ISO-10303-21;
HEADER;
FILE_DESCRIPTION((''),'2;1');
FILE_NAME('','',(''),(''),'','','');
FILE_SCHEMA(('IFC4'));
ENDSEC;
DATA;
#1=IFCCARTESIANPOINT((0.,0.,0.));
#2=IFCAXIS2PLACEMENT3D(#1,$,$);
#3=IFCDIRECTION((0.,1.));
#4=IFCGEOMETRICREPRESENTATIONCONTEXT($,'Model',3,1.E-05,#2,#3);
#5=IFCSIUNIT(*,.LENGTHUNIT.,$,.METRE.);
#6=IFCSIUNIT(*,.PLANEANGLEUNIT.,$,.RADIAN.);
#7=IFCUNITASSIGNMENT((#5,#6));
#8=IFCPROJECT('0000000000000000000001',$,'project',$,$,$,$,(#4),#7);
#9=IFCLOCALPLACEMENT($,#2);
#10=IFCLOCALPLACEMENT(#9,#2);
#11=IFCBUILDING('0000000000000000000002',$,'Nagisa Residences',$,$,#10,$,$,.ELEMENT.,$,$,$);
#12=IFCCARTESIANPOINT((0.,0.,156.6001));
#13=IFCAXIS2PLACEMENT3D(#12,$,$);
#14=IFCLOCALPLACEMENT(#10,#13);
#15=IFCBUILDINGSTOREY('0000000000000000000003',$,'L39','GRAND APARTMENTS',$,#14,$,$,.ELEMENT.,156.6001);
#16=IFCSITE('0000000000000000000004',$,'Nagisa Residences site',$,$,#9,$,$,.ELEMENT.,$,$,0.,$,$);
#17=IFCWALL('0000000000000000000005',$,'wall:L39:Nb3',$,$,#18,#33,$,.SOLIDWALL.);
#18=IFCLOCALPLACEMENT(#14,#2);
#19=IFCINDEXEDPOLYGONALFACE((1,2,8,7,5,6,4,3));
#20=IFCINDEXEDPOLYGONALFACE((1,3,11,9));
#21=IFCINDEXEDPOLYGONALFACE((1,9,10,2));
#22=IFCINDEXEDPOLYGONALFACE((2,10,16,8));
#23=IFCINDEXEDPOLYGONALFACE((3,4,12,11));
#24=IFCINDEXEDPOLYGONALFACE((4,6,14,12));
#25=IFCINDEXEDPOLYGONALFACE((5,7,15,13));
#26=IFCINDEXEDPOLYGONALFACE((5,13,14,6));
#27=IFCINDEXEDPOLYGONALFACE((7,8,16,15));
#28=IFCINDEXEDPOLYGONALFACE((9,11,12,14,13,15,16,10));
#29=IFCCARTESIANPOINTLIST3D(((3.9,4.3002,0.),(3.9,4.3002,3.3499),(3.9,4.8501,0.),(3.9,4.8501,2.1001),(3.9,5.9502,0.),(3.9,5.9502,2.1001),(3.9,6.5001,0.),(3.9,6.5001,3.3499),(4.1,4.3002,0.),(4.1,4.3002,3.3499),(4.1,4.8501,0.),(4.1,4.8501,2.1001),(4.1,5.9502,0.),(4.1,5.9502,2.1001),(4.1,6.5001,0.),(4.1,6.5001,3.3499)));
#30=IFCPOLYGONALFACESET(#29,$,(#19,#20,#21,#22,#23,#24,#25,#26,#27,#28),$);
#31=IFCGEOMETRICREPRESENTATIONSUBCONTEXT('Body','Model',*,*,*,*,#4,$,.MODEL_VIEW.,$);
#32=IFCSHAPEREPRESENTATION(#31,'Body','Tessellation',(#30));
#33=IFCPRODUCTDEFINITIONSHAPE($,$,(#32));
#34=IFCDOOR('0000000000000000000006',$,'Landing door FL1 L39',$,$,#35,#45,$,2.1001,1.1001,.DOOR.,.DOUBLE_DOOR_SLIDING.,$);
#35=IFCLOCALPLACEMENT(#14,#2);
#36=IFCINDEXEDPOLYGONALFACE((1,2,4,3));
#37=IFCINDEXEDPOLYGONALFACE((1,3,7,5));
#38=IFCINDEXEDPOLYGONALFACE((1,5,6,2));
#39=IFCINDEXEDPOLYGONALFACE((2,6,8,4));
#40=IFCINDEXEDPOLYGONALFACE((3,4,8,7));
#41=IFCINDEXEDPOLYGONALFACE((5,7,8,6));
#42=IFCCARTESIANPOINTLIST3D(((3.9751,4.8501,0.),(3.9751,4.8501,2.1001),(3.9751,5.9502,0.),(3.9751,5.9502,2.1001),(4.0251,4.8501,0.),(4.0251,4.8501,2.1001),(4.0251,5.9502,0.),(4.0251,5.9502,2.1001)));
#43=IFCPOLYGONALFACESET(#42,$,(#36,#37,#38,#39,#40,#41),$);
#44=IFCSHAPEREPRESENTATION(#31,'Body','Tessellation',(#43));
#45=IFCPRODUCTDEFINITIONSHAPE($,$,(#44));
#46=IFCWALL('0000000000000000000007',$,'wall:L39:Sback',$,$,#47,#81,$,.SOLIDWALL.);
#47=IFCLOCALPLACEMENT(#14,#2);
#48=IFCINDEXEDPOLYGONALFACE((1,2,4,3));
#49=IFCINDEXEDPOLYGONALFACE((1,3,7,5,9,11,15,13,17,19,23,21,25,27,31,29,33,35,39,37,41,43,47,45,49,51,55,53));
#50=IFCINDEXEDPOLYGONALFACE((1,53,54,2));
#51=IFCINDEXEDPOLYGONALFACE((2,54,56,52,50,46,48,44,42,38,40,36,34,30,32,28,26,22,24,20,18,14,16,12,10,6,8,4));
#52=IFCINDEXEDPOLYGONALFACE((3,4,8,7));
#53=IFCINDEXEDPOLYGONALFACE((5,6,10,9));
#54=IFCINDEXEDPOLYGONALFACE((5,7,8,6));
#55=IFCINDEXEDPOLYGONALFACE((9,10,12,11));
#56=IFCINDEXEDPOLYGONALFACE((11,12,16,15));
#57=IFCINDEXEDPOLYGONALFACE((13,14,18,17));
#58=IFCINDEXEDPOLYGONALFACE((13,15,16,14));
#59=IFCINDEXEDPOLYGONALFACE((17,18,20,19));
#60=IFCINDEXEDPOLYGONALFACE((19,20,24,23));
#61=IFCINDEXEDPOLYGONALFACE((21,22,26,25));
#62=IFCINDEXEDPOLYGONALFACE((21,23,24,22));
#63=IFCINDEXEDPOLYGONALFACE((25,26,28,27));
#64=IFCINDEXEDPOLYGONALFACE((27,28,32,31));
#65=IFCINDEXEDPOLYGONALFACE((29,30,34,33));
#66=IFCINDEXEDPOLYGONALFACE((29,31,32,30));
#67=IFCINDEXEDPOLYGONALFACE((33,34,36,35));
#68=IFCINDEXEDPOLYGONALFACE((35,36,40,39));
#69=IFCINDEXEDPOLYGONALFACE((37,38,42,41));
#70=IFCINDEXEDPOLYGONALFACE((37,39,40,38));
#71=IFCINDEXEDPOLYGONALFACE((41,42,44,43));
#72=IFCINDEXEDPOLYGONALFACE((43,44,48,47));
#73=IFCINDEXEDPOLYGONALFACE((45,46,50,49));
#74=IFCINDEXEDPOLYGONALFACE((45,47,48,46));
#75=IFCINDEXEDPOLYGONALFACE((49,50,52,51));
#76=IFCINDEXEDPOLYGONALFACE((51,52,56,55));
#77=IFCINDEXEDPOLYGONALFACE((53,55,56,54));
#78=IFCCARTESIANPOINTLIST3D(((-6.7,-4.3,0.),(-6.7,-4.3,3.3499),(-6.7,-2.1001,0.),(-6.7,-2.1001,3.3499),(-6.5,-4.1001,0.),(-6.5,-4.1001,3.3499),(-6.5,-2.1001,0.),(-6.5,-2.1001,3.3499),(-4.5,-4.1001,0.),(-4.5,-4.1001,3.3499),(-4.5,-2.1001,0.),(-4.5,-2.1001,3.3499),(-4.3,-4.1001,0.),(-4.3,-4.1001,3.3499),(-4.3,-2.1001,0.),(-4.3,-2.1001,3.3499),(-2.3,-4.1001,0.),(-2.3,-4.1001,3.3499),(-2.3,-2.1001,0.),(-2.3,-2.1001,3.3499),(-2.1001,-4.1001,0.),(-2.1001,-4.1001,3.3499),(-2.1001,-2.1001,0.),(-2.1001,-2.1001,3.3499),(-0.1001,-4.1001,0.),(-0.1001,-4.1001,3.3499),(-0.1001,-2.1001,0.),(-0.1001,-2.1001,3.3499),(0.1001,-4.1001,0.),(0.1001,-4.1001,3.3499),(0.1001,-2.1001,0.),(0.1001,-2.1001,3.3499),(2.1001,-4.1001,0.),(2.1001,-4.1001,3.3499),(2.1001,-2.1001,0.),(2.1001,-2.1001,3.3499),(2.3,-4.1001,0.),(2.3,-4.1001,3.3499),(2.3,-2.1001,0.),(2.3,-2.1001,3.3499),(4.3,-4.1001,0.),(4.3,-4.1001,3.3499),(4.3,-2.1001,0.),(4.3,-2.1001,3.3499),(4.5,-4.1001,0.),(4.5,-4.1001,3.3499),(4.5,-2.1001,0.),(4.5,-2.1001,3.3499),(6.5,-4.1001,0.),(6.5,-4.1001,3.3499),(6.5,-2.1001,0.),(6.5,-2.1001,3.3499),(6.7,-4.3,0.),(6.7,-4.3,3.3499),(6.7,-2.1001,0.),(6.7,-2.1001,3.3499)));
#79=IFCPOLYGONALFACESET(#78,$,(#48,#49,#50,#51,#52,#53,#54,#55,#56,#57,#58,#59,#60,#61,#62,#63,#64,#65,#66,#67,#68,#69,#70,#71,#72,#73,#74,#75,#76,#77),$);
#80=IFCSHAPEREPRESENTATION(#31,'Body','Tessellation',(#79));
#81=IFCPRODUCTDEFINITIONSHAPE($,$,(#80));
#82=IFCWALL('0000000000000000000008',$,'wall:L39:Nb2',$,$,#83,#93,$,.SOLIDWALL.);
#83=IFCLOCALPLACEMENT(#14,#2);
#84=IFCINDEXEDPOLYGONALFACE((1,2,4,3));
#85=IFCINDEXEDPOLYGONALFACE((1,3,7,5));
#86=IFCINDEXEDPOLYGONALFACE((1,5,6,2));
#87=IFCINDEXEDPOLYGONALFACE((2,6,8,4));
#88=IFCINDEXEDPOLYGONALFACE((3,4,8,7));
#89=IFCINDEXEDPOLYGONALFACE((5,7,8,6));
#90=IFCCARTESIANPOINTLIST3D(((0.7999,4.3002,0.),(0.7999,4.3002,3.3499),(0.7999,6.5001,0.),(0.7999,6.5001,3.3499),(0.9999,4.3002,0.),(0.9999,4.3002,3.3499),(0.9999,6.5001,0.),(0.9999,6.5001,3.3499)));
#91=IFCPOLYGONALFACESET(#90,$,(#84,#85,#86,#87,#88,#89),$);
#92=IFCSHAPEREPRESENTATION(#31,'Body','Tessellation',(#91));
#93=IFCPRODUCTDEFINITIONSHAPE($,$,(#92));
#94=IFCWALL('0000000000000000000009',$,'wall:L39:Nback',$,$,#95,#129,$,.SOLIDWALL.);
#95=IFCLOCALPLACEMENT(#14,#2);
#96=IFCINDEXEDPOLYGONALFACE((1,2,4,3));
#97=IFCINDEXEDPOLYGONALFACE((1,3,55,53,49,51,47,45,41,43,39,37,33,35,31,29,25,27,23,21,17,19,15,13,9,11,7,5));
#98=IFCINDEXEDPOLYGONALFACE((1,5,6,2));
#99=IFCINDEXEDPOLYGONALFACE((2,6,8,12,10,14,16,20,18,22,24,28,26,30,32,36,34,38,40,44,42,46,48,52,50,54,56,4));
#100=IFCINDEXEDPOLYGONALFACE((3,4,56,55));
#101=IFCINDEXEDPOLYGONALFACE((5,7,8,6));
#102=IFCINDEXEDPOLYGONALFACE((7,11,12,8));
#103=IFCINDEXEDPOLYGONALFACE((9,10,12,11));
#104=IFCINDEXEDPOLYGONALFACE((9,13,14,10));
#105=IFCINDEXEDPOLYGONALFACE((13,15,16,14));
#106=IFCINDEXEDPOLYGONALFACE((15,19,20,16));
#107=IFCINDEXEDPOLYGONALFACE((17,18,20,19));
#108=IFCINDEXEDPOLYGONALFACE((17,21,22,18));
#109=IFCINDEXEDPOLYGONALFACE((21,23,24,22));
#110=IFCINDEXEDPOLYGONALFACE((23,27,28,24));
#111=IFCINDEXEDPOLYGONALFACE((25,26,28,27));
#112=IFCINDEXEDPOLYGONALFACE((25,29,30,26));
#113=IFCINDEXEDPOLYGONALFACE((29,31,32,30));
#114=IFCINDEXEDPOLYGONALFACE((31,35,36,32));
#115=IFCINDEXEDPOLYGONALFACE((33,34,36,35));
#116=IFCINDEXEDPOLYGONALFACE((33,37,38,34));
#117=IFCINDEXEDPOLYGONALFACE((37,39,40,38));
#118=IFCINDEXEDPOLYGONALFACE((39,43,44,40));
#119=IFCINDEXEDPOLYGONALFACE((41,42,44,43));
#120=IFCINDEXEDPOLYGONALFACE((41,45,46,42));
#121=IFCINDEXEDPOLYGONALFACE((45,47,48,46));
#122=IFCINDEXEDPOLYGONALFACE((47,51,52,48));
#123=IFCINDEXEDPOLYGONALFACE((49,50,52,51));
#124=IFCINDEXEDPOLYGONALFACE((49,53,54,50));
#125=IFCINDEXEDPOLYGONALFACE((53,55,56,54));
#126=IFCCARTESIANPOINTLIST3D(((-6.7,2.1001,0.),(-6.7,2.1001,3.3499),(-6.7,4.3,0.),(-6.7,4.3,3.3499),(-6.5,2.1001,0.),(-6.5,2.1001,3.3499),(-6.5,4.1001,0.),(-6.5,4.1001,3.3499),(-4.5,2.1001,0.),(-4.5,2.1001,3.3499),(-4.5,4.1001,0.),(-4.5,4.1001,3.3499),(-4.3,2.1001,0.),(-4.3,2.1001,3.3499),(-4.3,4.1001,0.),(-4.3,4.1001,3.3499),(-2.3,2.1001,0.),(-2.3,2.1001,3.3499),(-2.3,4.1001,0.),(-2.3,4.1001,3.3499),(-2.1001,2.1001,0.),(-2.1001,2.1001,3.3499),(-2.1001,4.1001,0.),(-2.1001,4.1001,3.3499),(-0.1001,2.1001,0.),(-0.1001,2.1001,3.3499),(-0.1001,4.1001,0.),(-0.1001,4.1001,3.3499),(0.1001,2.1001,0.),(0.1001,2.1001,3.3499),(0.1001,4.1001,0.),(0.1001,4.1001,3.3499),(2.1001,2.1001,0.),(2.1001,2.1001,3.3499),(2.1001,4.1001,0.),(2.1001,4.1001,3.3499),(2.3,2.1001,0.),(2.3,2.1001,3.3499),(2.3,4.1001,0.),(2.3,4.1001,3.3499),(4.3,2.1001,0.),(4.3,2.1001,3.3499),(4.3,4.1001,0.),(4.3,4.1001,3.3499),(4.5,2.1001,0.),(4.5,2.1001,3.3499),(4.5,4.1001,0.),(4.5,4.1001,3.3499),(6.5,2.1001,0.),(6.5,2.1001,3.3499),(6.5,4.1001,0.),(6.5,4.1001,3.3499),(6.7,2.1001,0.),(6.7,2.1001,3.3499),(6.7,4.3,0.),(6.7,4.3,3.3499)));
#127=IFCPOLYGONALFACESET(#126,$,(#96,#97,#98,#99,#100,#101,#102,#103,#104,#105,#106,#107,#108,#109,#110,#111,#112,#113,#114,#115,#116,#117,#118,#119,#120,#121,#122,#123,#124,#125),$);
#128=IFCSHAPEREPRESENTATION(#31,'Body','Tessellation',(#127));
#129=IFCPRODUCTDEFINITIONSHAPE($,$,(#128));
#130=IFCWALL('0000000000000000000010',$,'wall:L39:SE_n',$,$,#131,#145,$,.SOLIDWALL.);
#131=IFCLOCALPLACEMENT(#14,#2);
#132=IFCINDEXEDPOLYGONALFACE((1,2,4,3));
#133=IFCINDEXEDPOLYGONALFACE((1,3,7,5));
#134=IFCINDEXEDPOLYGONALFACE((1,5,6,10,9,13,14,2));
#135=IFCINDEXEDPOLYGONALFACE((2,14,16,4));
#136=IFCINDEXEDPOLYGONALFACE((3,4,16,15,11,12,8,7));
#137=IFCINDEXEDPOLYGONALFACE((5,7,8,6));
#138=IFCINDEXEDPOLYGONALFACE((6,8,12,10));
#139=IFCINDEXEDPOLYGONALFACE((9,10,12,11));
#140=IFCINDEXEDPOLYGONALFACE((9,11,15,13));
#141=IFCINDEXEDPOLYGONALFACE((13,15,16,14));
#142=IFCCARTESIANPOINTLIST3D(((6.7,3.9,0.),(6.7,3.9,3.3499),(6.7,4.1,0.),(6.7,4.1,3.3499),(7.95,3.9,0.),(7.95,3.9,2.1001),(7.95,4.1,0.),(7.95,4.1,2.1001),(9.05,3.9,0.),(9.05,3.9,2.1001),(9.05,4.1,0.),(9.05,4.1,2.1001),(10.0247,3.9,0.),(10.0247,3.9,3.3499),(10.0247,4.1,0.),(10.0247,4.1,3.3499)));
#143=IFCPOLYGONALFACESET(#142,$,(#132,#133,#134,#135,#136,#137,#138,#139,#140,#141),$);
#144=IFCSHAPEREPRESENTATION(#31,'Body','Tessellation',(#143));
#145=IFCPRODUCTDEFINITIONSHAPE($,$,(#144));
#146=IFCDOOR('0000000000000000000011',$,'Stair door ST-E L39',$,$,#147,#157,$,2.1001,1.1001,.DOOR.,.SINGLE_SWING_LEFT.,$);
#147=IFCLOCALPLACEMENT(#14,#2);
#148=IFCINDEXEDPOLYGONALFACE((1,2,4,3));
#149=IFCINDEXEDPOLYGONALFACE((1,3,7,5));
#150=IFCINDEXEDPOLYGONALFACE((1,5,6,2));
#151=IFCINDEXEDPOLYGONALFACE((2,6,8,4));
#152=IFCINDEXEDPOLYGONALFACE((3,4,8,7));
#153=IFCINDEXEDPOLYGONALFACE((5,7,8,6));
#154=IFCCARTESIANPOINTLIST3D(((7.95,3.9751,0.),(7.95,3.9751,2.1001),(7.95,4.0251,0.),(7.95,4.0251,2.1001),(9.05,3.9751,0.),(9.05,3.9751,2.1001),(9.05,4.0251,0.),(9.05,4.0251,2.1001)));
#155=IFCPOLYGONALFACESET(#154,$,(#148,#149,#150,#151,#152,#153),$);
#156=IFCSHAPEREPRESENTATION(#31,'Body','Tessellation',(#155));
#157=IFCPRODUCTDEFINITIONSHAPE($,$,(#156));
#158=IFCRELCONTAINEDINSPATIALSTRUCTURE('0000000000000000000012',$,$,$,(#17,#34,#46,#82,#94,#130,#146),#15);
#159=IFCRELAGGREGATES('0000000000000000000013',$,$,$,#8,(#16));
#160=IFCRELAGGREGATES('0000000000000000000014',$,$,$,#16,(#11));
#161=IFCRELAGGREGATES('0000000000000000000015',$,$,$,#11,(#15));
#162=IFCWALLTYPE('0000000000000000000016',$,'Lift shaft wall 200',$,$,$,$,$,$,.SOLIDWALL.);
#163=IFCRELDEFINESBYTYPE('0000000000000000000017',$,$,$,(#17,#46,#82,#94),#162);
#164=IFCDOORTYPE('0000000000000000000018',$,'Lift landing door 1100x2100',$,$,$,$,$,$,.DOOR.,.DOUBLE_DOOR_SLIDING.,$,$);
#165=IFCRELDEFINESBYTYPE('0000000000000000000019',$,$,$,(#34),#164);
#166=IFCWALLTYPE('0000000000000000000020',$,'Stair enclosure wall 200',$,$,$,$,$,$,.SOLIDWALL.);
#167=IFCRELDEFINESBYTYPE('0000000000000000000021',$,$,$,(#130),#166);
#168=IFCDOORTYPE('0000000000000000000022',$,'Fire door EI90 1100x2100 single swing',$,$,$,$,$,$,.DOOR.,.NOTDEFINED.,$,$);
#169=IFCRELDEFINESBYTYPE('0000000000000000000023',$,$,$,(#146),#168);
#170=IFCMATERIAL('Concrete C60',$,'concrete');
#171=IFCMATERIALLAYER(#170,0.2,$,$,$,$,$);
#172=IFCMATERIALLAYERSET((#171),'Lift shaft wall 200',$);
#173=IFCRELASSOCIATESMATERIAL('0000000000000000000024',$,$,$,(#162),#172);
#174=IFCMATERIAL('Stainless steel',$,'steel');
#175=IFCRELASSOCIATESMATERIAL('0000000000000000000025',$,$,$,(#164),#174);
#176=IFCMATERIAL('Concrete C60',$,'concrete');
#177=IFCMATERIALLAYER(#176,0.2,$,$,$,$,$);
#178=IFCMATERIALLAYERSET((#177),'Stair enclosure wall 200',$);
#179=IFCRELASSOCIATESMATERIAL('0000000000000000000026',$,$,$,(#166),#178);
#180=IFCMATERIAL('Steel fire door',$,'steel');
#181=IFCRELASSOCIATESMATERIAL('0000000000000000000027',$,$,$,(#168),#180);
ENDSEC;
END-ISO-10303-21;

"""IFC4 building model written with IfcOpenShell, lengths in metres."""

from ifc_helpers import new_model, si_unit, direction, frame, frame_2d, origin, place, context, subcontext, project, spatial, polyline, rectangle, outline, extrude, material, layer, layer_set, type_object, element, fill, save


model = new_model("IFC4")

# Units and contexts
model_context = context("Model", 3, precision=1e-05, world=origin(), true_north=direction((0.0, 1.0)))
body_context = subcontext(model_context, "Body", "Model", "MODEL_VIEW")
ifc_project = project(units=[si_unit("LENGTHUNIT", "METRE"), si_unit("PLANEANGLEUNIT", "RADIAN")], contexts=[model_context])

# Site, building, storey
site_placement = place(None, origin())
site = spatial("IfcSite", under=ifc_project, at=site_placement, Name="Nagisa Residences site", CompositionType="ELEMENT", RefElevation=0.0)
building_placement = place(site_placement, origin())
building = spatial("IfcBuilding", under=site, at=building_placement, Name="Nagisa Residences", CompositionType="ELEMENT")
storey_placement = place(building_placement, frame((0.0, 0.0, 156.6001)))
storey = spatial("IfcBuildingStorey", under=building, at=storey_placement, Name="L39", Description="GRAND APARTMENTS", CompositionType="ELEMENT", Elevation=156.6001)

# Wall, opening, door
ifc_material_1 = material(Name="Concrete C60", Category="concrete")
ifc_layer_1 = layer(ifc_material_1, 0.2)
ifc_layer_set_1 = layer_set([ifc_layer_1], Name="Lift shaft wall 200")
wall_type_1 = type_object("IfcWallType", Name="Lift shaft wall 200", PredefinedType="SOLIDWALL", material=ifc_layer_set_1)
wall_1_placement = place(storey_placement, frame((4.0, 4.3, 0.0), z_axis=(0.0, 0.0, 1.0), x_axis=(0.0, 1.0, 0.0)))
wall_1 = element("IfcWall", 1, at=wall_1_placement, inside=storey, type_object=wall_type_1, Name="wall:L39:Nb3", PredefinedType="SOLIDWALL", context=body_context, shape_type="SweptSolid", body=[
    extrude(rectangle(XDim=2.2, YDim=0.2, at=frame_2d((1.1001, 0.0))), origin(), (0.0, 0.0, 1.0), 3.3499),
])
opening_1_placement = place(wall_1_placement, frame((0.55, 0.0, 0.0)))
opening_1 = element("IfcOpeningElement", 2, at=opening_1_placement, cuts=wall_1, PredefinedType="OPENING", context=body_context, shape_type="SweptSolid", body=[
    extrude(rectangle(XDim=1.1001, YDim=2.1001, at=frame_2d((0.55, 1.05))), frame((0.0, 0.1099, 0.0), z_axis=(0.0, -1.0, 0.0), x_axis=(1.0, 0.0, 0.0)), (0.0, 0.0, 1.0), 0.22),
])
ifc_material_2 = material(Name="Stainless steel", Category="steel")
door_type_1 = type_object("IfcDoorType", Name="Lift landing door 1100x2100", OperationType="DOUBLE_DOOR_SLIDING", PredefinedType="DOOR", material=ifc_material_2)
door_1_placement = place(opening_1_placement, origin())
door_1 = element("IfcDoor", 3, at=door_1_placement, inside=storey, type_object=door_type_1, Name="Landing door FL1 L39", OperationType="DOUBLE_DOOR_SLIDING", OverallHeight=2.1001, OverallWidth=1.1001, PredefinedType="DOOR", context=body_context, shape_type="SweptSolid", body=[
    extrude(rectangle(XDim=1.1001, YDim=2.1001, at=frame_2d((0.55, 1.05))), frame((0.0, 0.0249, 0.0), z_axis=(0.0, -1.0, 0.0), x_axis=(1.0, 0.0, 0.0)), (0.0, 0.0, 1.0), 0.05),
])
fill(opening_1, door_1)

# Walls
wall_2_placement = place(storey_placement, origin())
element("IfcWall", 4, at=wall_2_placement, inside=storey, type_object=wall_type_1, Name="wall:L39:Sback", PredefinedType="SOLIDWALL", context=body_context, shape_type="SweptSolid", body=[
    extrude(outline(polyline([(-6.7, -2.1001), (-6.5, -2.1001), (-6.5, -4.1001), (-4.5, -4.1001), (-4.5, -2.1001), (-4.3, -2.1001), (-4.3, -4.1001), (-2.3, -4.1001), (-2.3, -2.1001), (-2.1001, -2.1001), (-2.1001, -4.1001), (-0.1001, -4.1001), (-0.1001, -2.1001), (0.1001, -2.1001), (0.1001, -4.1001), (2.1001, -4.1001), (2.1001, -2.1001), (2.3, -2.1001), (2.3, -4.1001), (4.3, -4.1001), (4.3, -2.1001), (4.5, -2.1001), (4.5, -4.1001), (6.5, -4.1001), (6.5, -2.1001), (6.7, -2.1001), (6.7, -4.3), (-6.7, -4.3), (-6.7, -2.1001)])), origin(), (0.0, 0.0, 1.0), 3.3499),
])
wall_3_placement = place(storey_placement, frame((0.8999, 4.3, 0.0), z_axis=(0.0, 0.0, 1.0), x_axis=(0.0, 1.0, 0.0)))
element("IfcWall", 5, at=wall_3_placement, inside=storey, type_object=wall_type_1, Name="wall:L39:Nb2", PredefinedType="SOLIDWALL", context=body_context, shape_type="SweptSolid", body=[
    extrude(rectangle(XDim=2.2, YDim=0.2, at=frame_2d((1.1001, 0.0))), origin(), (0.0, 0.0, 1.0), 3.3499),
])
wall_4_placement = place(storey_placement, origin())
element("IfcWall", 6, at=wall_4_placement, inside=storey, type_object=wall_type_1, Name="wall:L39:Nback", PredefinedType="SOLIDWALL", context=body_context, shape_type="SweptSolid", body=[
    extrude(outline(polyline([(-6.5, 2.1001), (-6.7, 2.1001), (-6.7, 4.3), (6.7, 4.3), (6.7, 2.1001), (6.5, 2.1001), (6.5, 4.1001), (4.5, 4.1001), (4.5, 2.1001), (4.3, 2.1001), (4.3, 4.1001), (2.3, 4.1001), (2.3, 2.1001), (2.1001, 2.1001), (2.1001, 4.1001), (0.1001, 4.1001), (0.1001, 2.1001), (-0.1001, 2.1001), (-0.1001, 4.1001), (-2.1001, 4.1001), (-2.1001, 2.1001), (-2.3, 2.1001), (-2.3, 4.1001), (-4.3, 4.1001), (-4.3, 2.1001), (-4.5, 2.1001), (-4.5, 4.1001), (-6.5, 4.1001), (-6.5, 2.1001)])), origin(), (0.0, 0.0, 1.0), 3.3499),
])

# Wall, opening, door
ifc_material_3 = material(Name="Concrete C60", Category="concrete")
ifc_layer_2 = layer(ifc_material_3, 0.2)
ifc_layer_set_2 = layer_set([ifc_layer_2], Name="Stair enclosure wall 200")
wall_type_2 = type_object("IfcWallType", Name="Stair enclosure wall 200", PredefinedType="SOLIDWALL", material=ifc_layer_set_2)
wall_5_placement = place(storey_placement, frame((6.7, 4.0, 0.0), z_axis=(0.0, 0.0, 1.0), x_axis=(1.0, 0.0, 0.0)))
wall_5 = element("IfcWall", 7, at=wall_5_placement, inside=storey, type_object=wall_type_2, Name="wall:L39:SE_n", PredefinedType="SOLIDWALL", context=body_context, shape_type="SweptSolid", body=[
    extrude(rectangle(XDim=3.3247, YDim=0.2, at=frame_2d((1.6624, 0.0))), origin(), (0.0, 0.0, 1.0), 3.3499),
])
opening_2_placement = place(wall_5_placement, frame((1.25, 0.0, 0.0)))
opening_2 = element("IfcOpeningElement", 8, at=opening_2_placement, cuts=wall_5, PredefinedType="OPENING", context=body_context, shape_type="SweptSolid", body=[
    extrude(rectangle(XDim=1.1001, YDim=2.1001, at=frame_2d((0.55, 1.05))), frame((0.0, 0.1099, 0.0), z_axis=(0.0, -1.0, 0.0), x_axis=(1.0, 0.0, 0.0)), (0.0, 0.0, 1.0), 0.22),
])
ifc_material_4 = material(Name="Steel fire door", Category="steel")
door_type_2 = type_object("IfcDoorType", Name="Fire door EI90 1100x2100 single swing", OperationType="NOTDEFINED", PredefinedType="DOOR", material=ifc_material_4)
door_2_placement = place(opening_2_placement, frame((1.1001, 0.0, 0.0), x_axis=(-1.0, 0.0, 0.0)))
door_2 = element("IfcDoor", 9, at=door_2_placement, inside=storey, type_object=door_type_2, Name="Stair door ST-E L39", OperationType="SINGLE_SWING_LEFT", OverallHeight=2.1001, OverallWidth=1.1001, PredefinedType="DOOR", context=body_context, shape_type="SweptSolid", body=[
    extrude(rectangle(XDim=1.1001, YDim=2.1001, at=frame_2d((0.55, 1.05))), frame((0.0, 0.0249, 0.0), z_axis=(0.0, -1.0, 0.0), x_axis=(1.0, 0.0, 0.0)), (0.0, 0.0, 1.0), 0.05),
])
fill(opening_2, door_2)

save(model, "model.ifc")
